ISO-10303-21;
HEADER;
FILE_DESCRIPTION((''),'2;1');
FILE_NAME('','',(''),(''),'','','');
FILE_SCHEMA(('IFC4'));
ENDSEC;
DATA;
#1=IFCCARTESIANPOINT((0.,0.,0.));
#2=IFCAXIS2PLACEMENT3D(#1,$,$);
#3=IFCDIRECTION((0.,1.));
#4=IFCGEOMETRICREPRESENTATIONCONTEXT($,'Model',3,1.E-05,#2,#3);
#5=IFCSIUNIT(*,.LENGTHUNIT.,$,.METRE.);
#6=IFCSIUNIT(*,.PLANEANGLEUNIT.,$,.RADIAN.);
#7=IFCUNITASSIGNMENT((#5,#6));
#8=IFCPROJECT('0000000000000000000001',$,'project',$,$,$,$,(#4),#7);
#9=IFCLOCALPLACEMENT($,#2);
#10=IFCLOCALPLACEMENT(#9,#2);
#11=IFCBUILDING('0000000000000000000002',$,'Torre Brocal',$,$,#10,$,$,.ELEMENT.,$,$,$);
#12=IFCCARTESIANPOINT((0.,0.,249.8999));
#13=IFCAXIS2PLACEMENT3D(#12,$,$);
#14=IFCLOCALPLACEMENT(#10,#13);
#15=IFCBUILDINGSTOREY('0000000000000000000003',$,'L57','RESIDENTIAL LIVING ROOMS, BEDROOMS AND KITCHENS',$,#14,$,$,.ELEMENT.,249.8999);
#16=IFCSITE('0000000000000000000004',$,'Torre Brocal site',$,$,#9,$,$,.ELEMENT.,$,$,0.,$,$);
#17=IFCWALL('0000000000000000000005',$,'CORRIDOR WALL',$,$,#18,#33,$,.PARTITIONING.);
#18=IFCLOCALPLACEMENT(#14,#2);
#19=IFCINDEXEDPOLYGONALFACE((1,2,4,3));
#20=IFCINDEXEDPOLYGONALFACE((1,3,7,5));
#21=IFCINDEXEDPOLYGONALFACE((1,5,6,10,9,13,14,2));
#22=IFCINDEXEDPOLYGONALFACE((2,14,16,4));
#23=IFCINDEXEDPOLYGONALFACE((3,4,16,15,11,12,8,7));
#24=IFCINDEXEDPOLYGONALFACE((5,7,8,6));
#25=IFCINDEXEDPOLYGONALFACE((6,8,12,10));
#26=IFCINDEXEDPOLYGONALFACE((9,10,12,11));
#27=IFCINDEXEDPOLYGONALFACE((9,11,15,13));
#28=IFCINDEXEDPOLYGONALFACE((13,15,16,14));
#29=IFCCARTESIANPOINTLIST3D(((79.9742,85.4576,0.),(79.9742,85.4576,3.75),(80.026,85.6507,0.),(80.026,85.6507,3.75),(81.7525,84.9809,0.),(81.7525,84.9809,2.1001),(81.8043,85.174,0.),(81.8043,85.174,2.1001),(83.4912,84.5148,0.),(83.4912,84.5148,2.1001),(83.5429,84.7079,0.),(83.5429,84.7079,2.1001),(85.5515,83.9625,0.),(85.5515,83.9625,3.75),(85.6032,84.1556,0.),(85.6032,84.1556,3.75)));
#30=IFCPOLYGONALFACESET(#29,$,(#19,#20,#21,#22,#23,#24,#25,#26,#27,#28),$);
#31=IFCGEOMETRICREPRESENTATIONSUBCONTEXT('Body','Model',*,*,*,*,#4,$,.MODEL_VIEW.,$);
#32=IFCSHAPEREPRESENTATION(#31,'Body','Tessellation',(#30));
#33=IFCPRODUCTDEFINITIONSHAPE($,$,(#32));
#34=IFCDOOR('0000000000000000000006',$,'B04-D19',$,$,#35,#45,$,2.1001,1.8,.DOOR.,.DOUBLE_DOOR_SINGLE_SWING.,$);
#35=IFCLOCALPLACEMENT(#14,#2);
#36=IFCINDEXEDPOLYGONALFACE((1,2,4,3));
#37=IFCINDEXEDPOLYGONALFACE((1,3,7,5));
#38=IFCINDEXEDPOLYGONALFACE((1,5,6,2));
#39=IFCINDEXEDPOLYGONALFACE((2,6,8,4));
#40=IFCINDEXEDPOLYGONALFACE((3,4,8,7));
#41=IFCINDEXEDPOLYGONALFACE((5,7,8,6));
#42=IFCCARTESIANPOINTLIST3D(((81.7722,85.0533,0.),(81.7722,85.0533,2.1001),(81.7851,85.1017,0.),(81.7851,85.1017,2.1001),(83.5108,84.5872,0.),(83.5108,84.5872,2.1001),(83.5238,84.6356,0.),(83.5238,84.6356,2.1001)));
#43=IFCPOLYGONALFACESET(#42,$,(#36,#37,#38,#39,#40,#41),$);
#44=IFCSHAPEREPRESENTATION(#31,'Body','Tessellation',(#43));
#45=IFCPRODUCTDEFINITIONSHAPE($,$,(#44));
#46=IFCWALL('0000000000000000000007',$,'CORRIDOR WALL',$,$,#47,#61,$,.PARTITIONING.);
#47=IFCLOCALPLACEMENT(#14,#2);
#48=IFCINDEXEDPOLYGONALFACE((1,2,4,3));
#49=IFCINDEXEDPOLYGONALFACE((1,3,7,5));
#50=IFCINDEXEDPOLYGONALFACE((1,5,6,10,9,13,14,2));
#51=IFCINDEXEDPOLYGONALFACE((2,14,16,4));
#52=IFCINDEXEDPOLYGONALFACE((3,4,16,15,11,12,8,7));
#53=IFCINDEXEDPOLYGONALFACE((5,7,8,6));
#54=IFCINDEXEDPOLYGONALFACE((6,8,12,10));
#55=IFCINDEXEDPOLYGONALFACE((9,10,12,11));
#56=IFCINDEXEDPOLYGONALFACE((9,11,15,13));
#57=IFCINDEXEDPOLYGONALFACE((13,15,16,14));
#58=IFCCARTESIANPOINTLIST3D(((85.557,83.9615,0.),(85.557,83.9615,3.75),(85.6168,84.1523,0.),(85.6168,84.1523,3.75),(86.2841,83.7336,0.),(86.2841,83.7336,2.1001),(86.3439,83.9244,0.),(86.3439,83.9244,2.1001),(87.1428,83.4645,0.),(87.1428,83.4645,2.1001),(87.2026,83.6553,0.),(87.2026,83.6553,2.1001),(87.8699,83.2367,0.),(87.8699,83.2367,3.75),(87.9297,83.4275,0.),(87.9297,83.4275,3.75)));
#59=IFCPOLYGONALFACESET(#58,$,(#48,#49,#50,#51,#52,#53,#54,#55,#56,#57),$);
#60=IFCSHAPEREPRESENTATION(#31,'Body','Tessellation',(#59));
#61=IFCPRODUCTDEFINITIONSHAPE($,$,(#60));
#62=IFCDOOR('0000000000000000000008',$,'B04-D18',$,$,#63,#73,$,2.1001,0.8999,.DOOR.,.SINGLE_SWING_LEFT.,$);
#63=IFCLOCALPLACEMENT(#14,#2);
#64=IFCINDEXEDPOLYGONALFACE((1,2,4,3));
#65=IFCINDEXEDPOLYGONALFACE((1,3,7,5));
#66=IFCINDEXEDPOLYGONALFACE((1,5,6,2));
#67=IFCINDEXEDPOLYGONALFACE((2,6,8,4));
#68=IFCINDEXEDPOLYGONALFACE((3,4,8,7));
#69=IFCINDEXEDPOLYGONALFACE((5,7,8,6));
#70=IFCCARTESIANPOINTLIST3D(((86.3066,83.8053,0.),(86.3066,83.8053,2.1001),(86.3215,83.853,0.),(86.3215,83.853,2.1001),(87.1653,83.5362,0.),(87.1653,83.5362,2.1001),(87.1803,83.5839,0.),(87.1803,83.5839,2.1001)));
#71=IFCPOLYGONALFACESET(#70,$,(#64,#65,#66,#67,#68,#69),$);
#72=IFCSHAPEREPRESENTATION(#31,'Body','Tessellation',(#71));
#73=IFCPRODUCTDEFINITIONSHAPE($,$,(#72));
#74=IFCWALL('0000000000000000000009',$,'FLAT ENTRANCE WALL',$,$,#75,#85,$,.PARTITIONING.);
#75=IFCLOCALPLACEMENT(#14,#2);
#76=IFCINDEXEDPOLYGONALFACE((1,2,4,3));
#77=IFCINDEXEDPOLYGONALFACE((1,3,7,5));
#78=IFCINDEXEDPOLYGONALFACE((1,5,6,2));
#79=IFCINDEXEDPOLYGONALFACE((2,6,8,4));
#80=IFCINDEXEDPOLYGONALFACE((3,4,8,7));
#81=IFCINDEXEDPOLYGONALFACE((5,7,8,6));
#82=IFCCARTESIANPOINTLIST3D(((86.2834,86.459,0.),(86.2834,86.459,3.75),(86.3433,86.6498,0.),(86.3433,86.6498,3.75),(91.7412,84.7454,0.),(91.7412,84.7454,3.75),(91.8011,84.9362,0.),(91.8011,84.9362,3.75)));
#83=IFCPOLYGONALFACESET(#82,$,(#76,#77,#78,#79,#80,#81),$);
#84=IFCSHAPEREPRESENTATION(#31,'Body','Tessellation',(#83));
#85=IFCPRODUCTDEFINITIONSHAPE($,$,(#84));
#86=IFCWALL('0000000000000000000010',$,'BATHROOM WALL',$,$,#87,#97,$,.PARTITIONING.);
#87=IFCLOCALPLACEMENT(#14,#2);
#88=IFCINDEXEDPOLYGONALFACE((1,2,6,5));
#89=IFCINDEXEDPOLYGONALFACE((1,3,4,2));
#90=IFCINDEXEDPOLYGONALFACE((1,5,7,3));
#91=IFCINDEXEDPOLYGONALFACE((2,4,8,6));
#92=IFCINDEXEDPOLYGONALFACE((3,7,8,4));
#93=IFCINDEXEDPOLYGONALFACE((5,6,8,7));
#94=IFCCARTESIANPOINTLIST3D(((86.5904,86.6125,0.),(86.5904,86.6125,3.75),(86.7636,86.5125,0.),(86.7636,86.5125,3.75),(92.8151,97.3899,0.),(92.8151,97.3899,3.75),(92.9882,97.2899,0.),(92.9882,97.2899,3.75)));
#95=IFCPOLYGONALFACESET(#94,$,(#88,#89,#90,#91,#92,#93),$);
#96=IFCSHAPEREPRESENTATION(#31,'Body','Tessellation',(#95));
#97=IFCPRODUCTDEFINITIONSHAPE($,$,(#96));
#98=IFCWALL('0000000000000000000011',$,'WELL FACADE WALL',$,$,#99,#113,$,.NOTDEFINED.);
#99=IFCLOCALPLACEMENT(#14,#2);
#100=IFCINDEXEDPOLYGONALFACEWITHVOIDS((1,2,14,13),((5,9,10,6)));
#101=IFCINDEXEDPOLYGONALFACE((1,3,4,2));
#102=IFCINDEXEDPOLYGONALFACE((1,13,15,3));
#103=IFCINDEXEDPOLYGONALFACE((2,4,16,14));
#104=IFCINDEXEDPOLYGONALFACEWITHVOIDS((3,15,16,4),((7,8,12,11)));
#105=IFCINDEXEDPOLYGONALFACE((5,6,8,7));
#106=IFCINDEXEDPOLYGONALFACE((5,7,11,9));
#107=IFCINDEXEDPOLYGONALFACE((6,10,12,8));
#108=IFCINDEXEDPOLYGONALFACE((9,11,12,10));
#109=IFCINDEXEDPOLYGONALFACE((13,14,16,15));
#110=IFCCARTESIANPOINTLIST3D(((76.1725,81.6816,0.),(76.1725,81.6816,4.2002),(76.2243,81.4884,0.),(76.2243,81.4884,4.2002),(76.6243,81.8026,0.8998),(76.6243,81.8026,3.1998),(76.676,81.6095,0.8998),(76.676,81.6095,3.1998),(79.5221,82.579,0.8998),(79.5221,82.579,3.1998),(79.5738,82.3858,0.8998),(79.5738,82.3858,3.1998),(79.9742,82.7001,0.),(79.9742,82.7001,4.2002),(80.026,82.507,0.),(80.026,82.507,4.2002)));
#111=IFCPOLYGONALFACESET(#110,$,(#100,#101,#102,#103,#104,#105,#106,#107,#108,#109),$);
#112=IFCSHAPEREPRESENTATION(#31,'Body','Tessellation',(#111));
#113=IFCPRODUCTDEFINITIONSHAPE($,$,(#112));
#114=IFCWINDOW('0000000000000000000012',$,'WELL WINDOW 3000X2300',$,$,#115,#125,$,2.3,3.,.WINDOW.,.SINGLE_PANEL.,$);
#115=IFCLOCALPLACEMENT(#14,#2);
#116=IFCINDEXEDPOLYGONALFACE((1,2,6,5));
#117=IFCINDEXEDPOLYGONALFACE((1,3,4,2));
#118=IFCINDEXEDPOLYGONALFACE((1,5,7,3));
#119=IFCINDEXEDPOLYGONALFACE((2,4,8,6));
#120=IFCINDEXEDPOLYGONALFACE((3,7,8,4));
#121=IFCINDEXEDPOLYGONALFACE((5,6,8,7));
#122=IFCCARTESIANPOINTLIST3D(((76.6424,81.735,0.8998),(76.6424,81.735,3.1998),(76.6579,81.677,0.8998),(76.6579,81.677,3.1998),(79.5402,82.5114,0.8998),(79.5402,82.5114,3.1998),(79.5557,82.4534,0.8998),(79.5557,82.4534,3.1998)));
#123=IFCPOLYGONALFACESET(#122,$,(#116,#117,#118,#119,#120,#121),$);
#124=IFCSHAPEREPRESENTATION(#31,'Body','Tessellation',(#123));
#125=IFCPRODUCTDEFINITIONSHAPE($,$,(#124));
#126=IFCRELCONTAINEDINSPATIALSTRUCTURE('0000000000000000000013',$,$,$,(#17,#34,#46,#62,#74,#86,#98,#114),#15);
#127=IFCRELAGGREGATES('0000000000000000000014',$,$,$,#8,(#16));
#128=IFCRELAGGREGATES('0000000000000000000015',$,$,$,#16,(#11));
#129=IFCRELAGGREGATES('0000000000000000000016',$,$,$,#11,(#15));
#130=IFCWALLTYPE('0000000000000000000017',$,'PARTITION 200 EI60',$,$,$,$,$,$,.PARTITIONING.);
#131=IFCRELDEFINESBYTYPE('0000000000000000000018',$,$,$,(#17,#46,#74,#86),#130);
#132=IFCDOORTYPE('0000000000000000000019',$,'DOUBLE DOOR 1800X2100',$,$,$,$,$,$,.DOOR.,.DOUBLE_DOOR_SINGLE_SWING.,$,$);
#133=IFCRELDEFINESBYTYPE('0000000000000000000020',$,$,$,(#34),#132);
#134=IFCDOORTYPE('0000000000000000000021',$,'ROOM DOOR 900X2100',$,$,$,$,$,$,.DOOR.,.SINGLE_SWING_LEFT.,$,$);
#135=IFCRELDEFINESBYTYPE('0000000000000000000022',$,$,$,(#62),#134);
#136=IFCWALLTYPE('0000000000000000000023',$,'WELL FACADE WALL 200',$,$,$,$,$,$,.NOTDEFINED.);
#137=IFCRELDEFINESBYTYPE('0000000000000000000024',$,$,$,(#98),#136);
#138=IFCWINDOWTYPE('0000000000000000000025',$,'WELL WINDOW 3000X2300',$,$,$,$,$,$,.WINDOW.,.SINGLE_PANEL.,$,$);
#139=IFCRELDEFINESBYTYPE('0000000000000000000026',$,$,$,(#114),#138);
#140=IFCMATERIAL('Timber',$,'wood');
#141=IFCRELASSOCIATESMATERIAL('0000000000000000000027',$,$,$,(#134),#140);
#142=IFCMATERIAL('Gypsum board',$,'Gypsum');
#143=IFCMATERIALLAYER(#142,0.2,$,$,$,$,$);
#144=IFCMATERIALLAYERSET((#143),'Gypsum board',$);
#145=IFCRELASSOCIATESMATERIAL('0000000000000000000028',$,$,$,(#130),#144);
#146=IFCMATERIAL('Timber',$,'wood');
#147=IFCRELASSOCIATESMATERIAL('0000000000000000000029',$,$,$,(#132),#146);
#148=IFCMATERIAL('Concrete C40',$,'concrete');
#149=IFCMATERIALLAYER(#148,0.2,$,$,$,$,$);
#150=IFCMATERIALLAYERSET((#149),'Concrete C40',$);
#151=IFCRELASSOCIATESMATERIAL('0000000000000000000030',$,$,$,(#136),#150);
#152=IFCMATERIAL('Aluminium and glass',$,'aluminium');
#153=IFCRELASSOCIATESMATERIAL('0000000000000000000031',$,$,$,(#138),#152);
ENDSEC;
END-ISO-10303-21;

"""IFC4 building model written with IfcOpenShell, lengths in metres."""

from ifc_helpers import new_model, si_unit, direction, frame, frame_2d, origin, place, context, subcontext, project, spatial, rectangle, extrude, material, layer, layer_set, type_object, element, fill, save


model = new_model("IFC4")

# Units and contexts
model_context = context("Model", 3, precision=1e-05, world=origin(), true_north=direction((0.0, 1.0)))
body_context = subcontext(model_context, "Body", "Model", "MODEL_VIEW")
ifc_project = project(units=[si_unit("LENGTHUNIT", "METRE"), si_unit("PLANEANGLEUNIT", "RADIAN")], contexts=[model_context])

# Site, building, storey
site_placement = place(None, origin())
site = spatial("IfcSite", under=ifc_project, at=site_placement, Name="Torre Brocal site", CompositionType="ELEMENT", RefElevation=0.0)
building_placement = place(site_placement, origin())
building = spatial("IfcBuilding", under=site, at=building_placement, Name="Torre Brocal", CompositionType="ELEMENT")
storey_placement = place(building_placement, frame((0.0, 0.0, 249.8999)))
storey = spatial("IfcBuildingStorey", under=building, at=storey_placement, Name="L57", Description="RESIDENTIAL LIVING ROOMS, BEDROOMS AND KITCHENS", CompositionType="ELEMENT", Elevation=249.8999)

# Shared definitions
ifc_material_1 = material(Name="Timber", Category="wood")
door_type_1 = type_object("IfcDoorType", Name="ROOM DOOR 900X2100", OperationType="SINGLE_SWING_LEFT", PredefinedType="DOOR", material=ifc_material_1)

# Walls, openings, doors
ifc_material_2 = material(Name="Gypsum board", Category="Gypsum")
ifc_layer_1 = layer(ifc_material_2, 0.2)
ifc_layer_set_1 = layer_set([ifc_layer_1], Name="Gypsum board")
wall_type_1 = type_object("IfcWallType", Name="PARTITION 200 EI60", PredefinedType="PARTITIONING", material=ifc_layer_set_1)
wall_1_placement = place(storey_placement, frame((80.0, 85.5542, 0.0), z_axis=(0.0, 0.0, 1.0), x_axis=(0.965894, -0.258936, 0.0)))
wall_1 = element("IfcWall", 1, at=wall_1_placement, inside=storey, type_object=wall_type_1, Name="CORRIDOR WALL", PredefinedType="PARTITIONING", context=body_context, shape_type="SweptSolid", body=[
    extrude(rectangle(XDim=5.7742, YDim=0.2, at=frame_2d((2.8872, 0.0))), origin(), (0.0, 0.0, 1.0), 3.75),
])
opening_1_placement = place(wall_1_placement, frame((1.8413, 0.0, 0.0)))
opening_1 = element("IfcOpeningElement", 2, at=opening_1_placement, cuts=wall_1, PredefinedType="OPENING", context=body_context, shape_type="SweptSolid", body=[
    extrude(rectangle(XDim=1.8, YDim=2.1001, at=frame_2d((0.8999, 1.05))), frame((0.0, 0.1099, 0.0), z_axis=(0.0, -1.0, 0.0), x_axis=(1.0, 0.0, 0.0)), (0.0, 0.0, 1.0), 0.22),
])
ifc_material_3 = material(Name="Timber", Category="wood")
door_type_2 = type_object("IfcDoorType", Name="DOUBLE DOOR 1800X2100", OperationType="DOUBLE_DOOR_SINGLE_SWING", PredefinedType="DOOR", material=ifc_material_3)
door_1_placement = place(opening_1_placement, frame((1.8, 0.0, 0.0), z_axis=(0.0, 0.0, 1.0), x_axis=(-1.0, 0.0, 0.0)))
door_1 = element("IfcDoor", 3, at=door_1_placement, inside=storey, type_object=door_type_2, Name="B04-D19", OperationType="DOUBLE_DOOR_SINGLE_SWING", OverallHeight=2.1001, OverallWidth=1.8, PredefinedType="DOOR", context=body_context, shape_type="SweptSolid", body=[
    extrude(rectangle(XDim=1.8, YDim=2.1001, at=frame_2d((0.8999, 1.05))), frame((0.0, 0.0249, 0.0), z_axis=(0.0, -1.0, 0.0), x_axis=(1.0, 0.0, 0.0)), (0.0, 0.0, 1.0), 0.05),
])
fill(opening_1, door_1)
wall_2_placement = place(storey_placement, frame((85.5869, 84.0569, 0.0), z_axis=(0.0, 0.0, 1.0), x_axis=(0.95424, -0.299043, 0.0)))
wall_2 = element("IfcWall", 4, at=wall_2_placement, inside=storey, type_object=wall_type_1, Name="CORRIDOR WALL", PredefinedType="PARTITIONING", context=body_context, shape_type="SweptSolid", body=[
    extrude(rectangle(XDim=2.4238, YDim=0.2, at=frame_2d((1.2119, 0.0))), origin(), (0.0, 0.0, 1.0), 3.75),
])
opening_2_placement = place(wall_2_placement, frame((0.762, 0.0, 0.0)))
opening_2 = element("IfcOpeningElement", 5, at=opening_2_placement, cuts=wall_2, PredefinedType="OPENING", context=body_context, shape_type="SweptSolid", body=[
    extrude(rectangle(XDim=0.8999, YDim=2.1001, at=frame_2d((0.45, 1.05))), frame((0.0, 0.1099, 0.0), z_axis=(0.0, -1.0, 0.0), x_axis=(1.0, 0.0, 0.0)), (0.0, 0.0, 1.0), 0.22),
])
door_2_placement = place(opening_2_placement, frame((0.8999, 0.0, 0.0), z_axis=(0.0, 0.0, 1.0), x_axis=(-1.0, 0.0, 0.0)))
door_2 = element("IfcDoor", 6, at=door_2_placement, inside=storey, type_object=door_type_1, Name="B04-D18", OperationType="SINGLE_SWING_LEFT", OverallHeight=2.1001, OverallWidth=0.8999, PredefinedType="DOOR", context=body_context, shape_type="SweptSolid", body=[
    extrude(rectangle(XDim=0.8999, YDim=2.1001, at=frame_2d((0.45, 1.05))), frame((0.0, 0.0249, 0.0), z_axis=(0.0, -1.0, 0.0), x_axis=(1.0, 0.0, 0.0)), (0.0, 0.0, 1.0), 0.05),
])
fill(opening_2, door_2)

# Walls
wall_3_placement = place(storey_placement, frame((86.3132, 86.5544, 0.0), z_axis=(0.0, 0.0, 1.0), x_axis=(0.954077, -0.29956, 0.0)))
element("IfcWall", 7, at=wall_3_placement, inside=storey, type_object=wall_type_1, Name="FLAT ENTRANCE WALL", PredefinedType="PARTITIONING", context=body_context, shape_type="SweptSolid", body=[
    extrude(rectangle(XDim=5.7205, YDim=0.2, at=frame_2d((2.8604, 0.0))), origin(), (0.0, 0.0, 1.0), 3.75),
])
wall_4_placement = place(storey_placement, frame((86.677, 86.5625, 0.0), z_axis=(0.0, 0.0, 1.0), x_axis=(0.500139, 0.865945, 0.0)))
element("IfcWall", 8, at=wall_4_placement, inside=storey, type_object=wall_type_1, Name="BATHROOM WALL", PredefinedType="PARTITIONING", context=body_context, shape_type="SweptSolid", body=[
    extrude(rectangle(XDim=12.4458, YDim=0.2, at=frame_2d((6.2229, 0.0))), origin(), (0.0, 0.0, 1.0), 3.75),
])

# Wall, opening, window
ifc_material_4 = material(Name="Concrete C40", Category="concrete")
ifc_layer_2 = layer(ifc_material_4, 0.2)
ifc_layer_set_2 = layer_set([ifc_layer_2], Name="Concrete C40")
wall_type_2 = type_object("IfcWallType", Name="WELL FACADE WALL 200", PredefinedType="NOTDEFINED", material=ifc_layer_set_2)
wall_5_placement = place(storey_placement, frame((80.0, 82.6035, 0.0), z_axis=(0.0, 0.0, 1.0), x_axis=(-0.965934, -0.25879, 0.0)))
wall_5 = element("IfcWall", 9, at=wall_5_placement, inside=storey, type_object=wall_type_2, Name="WELL FACADE WALL", PredefinedType="NOTDEFINED", context=body_context, shape_type="SweptSolid", body=[
    extrude(rectangle(XDim=3.9358, YDim=0.2, at=frame_2d((1.9678, 0.0))), origin(), (0.0, 0.0, 1.0), 4.2002),
])
opening_3_placement = place(wall_5_placement, frame((0.468, 0.0, 0.8999)))
opening_3 = element("IfcOpeningElement", 10, at=opening_3_placement, cuts=wall_5, PredefinedType="OPENING", context=body_context, shape_type="SweptSolid", body=[
    extrude(rectangle(XDim=3.0, YDim=2.3, at=frame_2d((1.5, 1.1499))), frame((0.0, 0.1099, 0.0), z_axis=(0.0, -1.0, 0.0), x_axis=(1.0, 0.0, 0.0)), (0.0, 0.0, 1.0), 0.22),
])
ifc_material_5 = material(Name="Aluminium and glass", Category="aluminium")
window_type = type_object("IfcWindowType", Name="WELL WINDOW 3000X2300", PartitioningType="SINGLE_PANEL", PredefinedType="WINDOW", material=ifc_material_5)
window_placement = place(opening_3_placement, origin())
window = element("IfcWindow", 11, at=window_placement, inside=storey, type_object=window_type, Name="WELL WINDOW 3000X2300", OverallHeight=2.3, OverallWidth=3.0, PartitioningType="SINGLE_PANEL", PredefinedType="WINDOW", context=body_context, shape_type="SweptSolid", body=[
    extrude(rectangle(XDim=3.0, YDim=2.3, at=frame_2d((1.5, 1.1499))), frame((0.0, 0.03, 0.0), z_axis=(0.0, -1.0, 0.0), x_axis=(1.0, 0.0, 0.0)), (0.0, 0.0, 1.0), 0.0601),
])
fill(opening_3, window)

save(model, "model.ifc")
